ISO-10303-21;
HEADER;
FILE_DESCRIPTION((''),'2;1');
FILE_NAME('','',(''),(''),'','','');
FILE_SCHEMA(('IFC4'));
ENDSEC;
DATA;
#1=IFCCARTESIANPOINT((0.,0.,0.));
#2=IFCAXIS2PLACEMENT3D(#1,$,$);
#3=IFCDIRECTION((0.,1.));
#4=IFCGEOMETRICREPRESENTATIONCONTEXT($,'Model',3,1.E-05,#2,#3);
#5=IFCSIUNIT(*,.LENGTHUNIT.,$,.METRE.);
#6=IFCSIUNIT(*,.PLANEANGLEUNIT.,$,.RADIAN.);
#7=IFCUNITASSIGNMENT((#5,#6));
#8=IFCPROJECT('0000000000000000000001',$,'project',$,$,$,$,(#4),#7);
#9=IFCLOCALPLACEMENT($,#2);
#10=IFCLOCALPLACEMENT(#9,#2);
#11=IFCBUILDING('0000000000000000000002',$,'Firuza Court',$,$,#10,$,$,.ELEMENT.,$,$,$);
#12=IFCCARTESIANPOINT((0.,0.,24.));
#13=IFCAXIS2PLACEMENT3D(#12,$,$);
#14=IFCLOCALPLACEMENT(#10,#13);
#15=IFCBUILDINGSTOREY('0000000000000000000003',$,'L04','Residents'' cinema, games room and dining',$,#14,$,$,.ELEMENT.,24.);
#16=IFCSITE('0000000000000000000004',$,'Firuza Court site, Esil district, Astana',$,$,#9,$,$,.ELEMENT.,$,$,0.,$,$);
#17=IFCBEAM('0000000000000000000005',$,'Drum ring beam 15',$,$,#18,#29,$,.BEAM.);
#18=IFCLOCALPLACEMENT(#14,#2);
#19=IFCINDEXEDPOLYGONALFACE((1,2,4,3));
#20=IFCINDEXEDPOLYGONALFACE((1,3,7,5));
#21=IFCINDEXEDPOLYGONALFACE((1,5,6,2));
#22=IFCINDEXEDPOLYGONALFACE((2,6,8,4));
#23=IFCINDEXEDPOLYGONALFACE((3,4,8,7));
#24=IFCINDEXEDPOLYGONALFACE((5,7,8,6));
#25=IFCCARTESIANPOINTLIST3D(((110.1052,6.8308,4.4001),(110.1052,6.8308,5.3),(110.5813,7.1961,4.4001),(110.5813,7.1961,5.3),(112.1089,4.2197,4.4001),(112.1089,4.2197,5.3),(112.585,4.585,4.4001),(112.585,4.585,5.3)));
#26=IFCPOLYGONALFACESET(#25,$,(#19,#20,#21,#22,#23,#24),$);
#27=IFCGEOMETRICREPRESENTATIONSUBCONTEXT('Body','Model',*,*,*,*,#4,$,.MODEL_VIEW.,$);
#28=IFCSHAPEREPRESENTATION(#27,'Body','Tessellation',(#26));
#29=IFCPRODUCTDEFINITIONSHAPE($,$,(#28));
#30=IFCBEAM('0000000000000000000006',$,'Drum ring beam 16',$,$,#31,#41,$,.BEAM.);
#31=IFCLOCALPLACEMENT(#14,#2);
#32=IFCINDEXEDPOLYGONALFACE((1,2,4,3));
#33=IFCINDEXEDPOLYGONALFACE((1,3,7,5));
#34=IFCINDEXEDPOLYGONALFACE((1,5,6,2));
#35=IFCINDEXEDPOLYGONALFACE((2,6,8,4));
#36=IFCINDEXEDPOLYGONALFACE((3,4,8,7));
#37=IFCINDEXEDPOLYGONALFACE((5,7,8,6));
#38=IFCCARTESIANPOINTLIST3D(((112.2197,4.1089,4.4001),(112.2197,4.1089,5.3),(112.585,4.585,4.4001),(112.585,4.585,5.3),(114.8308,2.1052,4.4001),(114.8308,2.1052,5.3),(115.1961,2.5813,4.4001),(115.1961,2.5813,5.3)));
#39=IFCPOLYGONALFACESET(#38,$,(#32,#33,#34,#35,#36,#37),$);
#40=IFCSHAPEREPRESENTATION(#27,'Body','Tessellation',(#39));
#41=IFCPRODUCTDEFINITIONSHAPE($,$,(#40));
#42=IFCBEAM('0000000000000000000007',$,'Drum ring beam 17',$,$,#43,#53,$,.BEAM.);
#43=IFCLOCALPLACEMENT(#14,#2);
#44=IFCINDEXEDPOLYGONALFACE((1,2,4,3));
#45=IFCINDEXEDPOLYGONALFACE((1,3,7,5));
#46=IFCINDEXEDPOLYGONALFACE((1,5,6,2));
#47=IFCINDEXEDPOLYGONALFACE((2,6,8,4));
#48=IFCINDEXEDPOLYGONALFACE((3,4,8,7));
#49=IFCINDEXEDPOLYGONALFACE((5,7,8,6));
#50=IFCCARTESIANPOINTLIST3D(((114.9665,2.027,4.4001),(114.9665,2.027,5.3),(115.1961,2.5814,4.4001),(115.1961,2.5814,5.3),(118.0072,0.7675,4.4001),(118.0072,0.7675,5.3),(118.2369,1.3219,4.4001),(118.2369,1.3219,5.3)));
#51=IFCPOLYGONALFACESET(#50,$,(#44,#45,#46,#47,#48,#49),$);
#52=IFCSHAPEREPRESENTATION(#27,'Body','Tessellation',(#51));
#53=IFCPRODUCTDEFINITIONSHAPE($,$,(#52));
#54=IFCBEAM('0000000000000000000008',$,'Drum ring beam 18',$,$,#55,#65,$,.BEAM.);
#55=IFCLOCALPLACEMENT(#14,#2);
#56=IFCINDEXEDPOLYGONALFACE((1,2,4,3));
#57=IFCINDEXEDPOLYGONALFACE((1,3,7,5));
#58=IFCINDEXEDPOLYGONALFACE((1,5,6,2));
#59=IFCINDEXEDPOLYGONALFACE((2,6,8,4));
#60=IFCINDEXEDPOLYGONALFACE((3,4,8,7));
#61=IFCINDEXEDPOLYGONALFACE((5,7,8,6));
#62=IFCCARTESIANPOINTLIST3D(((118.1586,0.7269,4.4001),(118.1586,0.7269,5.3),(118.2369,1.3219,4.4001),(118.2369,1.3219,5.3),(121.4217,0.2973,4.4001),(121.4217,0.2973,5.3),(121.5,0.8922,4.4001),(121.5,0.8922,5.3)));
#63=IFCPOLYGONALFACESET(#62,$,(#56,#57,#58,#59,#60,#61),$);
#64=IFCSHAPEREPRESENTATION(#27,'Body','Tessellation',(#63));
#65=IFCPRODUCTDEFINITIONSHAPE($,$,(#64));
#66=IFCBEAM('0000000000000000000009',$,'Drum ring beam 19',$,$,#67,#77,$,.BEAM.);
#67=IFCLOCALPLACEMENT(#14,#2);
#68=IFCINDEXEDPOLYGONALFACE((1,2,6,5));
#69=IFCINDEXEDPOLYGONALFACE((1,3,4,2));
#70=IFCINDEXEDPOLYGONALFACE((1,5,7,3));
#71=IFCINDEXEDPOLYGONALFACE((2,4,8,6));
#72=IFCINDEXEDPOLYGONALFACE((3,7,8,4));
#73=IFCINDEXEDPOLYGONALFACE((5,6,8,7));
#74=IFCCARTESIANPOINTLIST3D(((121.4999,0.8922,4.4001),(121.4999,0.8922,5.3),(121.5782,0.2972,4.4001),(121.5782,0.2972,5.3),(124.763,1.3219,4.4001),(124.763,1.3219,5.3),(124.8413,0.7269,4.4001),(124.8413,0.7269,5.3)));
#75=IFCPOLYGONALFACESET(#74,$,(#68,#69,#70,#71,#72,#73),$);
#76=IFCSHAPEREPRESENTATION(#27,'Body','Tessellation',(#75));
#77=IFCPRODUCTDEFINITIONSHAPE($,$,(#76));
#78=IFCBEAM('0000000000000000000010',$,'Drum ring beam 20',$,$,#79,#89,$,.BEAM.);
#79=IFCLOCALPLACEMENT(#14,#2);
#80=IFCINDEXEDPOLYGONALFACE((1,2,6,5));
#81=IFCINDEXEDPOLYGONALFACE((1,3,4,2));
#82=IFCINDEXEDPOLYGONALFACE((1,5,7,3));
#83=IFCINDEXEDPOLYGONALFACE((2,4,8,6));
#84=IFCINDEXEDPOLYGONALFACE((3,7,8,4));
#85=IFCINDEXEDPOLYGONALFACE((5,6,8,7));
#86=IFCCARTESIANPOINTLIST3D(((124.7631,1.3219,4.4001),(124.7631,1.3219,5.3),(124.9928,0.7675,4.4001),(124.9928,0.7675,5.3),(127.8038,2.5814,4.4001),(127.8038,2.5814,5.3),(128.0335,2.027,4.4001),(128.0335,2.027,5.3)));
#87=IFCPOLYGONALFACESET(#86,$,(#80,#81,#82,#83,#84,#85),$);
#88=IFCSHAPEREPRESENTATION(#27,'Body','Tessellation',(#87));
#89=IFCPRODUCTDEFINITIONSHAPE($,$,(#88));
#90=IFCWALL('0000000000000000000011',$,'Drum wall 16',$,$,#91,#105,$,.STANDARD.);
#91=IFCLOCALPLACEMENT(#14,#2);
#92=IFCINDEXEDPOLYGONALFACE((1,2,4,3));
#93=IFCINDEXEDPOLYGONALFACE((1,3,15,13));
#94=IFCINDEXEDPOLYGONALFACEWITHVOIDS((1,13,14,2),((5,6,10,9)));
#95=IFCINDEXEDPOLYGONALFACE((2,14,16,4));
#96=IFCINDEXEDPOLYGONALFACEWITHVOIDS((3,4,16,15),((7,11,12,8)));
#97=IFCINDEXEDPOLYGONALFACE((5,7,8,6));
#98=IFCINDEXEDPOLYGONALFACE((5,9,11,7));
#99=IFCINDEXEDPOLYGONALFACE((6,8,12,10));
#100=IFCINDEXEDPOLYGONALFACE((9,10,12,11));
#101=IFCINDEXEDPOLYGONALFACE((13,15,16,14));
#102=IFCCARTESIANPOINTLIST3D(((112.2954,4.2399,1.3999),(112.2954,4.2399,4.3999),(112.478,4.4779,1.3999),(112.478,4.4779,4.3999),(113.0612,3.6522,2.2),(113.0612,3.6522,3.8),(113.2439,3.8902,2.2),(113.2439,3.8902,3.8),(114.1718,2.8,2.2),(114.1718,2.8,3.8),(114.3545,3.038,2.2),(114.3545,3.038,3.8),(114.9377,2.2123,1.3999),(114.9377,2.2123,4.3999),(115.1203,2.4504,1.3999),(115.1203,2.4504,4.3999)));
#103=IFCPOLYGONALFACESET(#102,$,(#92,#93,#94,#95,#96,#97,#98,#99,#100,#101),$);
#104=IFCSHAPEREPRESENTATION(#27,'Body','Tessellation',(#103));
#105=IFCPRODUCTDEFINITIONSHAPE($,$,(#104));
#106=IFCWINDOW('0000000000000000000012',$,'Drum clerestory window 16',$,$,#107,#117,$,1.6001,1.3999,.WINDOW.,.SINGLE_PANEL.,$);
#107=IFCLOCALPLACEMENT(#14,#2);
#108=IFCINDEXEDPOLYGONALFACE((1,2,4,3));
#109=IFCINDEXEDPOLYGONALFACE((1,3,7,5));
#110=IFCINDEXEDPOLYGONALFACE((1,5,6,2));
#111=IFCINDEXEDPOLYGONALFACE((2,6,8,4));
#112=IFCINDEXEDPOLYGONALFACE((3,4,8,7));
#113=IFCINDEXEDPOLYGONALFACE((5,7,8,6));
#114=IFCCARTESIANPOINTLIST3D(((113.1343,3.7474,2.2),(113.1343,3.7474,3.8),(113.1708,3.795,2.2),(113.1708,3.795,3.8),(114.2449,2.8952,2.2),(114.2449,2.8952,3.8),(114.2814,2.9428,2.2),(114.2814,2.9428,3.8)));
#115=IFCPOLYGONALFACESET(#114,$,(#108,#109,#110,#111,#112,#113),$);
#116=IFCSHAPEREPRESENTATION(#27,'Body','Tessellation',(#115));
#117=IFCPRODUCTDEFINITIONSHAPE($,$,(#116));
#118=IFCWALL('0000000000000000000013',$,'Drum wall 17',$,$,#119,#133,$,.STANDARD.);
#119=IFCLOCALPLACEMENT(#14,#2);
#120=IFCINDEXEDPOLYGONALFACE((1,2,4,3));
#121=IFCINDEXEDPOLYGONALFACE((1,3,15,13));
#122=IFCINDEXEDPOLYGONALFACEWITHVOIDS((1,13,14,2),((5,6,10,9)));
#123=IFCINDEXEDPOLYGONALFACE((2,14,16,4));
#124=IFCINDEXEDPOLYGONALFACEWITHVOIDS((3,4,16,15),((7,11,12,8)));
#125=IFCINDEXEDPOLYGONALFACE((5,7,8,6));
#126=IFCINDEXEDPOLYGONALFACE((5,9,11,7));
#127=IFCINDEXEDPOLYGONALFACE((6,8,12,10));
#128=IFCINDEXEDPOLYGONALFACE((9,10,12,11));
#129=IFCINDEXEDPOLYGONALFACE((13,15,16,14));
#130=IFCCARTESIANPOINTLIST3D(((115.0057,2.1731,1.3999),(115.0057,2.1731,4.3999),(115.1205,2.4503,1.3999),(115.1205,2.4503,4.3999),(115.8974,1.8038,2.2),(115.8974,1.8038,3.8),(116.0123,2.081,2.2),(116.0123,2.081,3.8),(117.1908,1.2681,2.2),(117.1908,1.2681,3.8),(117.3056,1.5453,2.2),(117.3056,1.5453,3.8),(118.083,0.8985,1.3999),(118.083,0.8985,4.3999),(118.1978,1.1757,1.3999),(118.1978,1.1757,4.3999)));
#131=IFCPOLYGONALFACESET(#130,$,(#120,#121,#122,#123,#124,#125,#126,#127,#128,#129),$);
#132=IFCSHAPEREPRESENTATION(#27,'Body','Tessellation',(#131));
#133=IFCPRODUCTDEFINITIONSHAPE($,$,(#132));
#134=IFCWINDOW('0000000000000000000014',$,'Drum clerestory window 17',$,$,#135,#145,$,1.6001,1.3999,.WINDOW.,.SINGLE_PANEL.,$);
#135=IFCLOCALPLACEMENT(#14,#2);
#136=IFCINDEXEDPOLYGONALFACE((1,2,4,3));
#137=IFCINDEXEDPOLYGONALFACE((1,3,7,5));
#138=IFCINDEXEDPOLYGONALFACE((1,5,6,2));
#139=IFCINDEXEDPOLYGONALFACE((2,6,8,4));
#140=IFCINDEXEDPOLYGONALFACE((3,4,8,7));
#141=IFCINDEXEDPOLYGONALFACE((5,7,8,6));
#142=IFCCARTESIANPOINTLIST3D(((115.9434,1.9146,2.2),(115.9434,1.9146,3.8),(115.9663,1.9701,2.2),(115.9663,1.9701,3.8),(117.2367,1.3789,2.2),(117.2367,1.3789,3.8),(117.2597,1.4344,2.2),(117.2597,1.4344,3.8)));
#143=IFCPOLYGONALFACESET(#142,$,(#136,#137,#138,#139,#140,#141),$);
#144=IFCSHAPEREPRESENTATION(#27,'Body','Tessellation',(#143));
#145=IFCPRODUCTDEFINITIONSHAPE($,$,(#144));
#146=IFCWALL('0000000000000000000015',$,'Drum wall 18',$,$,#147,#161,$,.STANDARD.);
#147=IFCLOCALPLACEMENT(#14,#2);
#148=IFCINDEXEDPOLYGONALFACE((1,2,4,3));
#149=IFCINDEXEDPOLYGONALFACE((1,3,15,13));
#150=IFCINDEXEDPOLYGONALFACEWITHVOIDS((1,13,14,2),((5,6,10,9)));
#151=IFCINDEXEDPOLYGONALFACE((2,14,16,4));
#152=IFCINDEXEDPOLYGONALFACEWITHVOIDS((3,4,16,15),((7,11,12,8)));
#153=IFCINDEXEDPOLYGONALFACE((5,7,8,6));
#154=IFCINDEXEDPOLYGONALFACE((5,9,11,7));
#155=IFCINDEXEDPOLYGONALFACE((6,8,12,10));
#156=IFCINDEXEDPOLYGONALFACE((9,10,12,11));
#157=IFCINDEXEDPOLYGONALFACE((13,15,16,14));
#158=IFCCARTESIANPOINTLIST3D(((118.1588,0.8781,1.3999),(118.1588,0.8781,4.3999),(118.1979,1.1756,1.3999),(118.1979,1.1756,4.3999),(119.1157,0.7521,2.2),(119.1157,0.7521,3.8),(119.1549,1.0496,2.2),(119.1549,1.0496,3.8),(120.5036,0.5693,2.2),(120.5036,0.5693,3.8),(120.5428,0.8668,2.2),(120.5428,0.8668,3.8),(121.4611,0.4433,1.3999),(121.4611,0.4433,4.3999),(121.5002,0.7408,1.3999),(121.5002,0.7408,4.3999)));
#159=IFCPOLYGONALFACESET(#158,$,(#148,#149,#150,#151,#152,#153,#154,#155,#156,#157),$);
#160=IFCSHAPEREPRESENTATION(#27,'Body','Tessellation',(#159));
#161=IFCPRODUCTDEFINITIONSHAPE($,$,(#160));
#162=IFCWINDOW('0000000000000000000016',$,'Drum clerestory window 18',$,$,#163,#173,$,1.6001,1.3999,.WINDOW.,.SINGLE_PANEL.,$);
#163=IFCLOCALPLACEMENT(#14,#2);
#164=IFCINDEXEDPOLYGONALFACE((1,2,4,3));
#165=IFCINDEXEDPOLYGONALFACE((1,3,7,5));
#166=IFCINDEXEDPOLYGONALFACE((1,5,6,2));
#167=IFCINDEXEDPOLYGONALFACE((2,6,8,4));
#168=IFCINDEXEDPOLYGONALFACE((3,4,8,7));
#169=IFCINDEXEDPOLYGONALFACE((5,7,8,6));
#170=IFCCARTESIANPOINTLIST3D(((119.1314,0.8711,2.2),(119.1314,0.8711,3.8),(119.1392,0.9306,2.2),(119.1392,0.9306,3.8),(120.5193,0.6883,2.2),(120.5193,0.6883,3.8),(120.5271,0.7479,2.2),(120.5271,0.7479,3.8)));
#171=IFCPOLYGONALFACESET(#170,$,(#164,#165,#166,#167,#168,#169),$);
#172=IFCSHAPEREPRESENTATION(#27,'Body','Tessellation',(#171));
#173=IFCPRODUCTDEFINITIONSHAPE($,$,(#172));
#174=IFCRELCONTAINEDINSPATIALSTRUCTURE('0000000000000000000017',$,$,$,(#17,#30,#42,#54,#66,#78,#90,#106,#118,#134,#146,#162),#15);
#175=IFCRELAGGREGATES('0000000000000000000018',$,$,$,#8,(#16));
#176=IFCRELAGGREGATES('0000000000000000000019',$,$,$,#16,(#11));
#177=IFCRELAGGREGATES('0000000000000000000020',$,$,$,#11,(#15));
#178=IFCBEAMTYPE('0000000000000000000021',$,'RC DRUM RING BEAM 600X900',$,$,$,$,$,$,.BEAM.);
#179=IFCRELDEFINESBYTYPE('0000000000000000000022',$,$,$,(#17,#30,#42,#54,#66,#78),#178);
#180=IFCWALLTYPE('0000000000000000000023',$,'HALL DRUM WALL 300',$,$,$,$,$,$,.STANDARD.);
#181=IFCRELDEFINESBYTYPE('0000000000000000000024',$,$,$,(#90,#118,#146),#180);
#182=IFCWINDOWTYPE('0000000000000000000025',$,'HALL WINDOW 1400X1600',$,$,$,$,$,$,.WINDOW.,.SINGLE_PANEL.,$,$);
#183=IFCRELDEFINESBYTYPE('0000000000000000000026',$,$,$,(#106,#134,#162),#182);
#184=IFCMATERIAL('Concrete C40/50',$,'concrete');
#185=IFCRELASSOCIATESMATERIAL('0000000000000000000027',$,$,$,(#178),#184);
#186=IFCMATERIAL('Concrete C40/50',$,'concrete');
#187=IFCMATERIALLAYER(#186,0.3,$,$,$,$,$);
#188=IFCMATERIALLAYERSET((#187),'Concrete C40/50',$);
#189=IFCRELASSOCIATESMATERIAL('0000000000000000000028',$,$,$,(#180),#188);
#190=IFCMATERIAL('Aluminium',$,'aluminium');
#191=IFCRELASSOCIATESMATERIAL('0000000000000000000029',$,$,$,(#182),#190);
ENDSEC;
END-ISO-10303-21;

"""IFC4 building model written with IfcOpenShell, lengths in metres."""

from ifc_helpers import new_model, si_unit, direction, frame, frame_2d, origin, origin_2d, place, context, subcontext, project, spatial, rectangle, extrude, material, layer, layer_set, material_profile, profile_set, type_object, element, fill, save


model = new_model("IFC4")

# Units and contexts
model_context = context("Model", 3, precision=1e-05, world=origin(), true_north=direction((0.0, 1.0)))
body_context = subcontext(model_context, "Body", "Model", "MODEL_VIEW")
ifc_project = project(units=[si_unit("LENGTHUNIT", "METRE"), si_unit("PLANEANGLEUNIT", "RADIAN")], contexts=[model_context])

# Site, building, storey
site_placement = place(None, origin())
site = spatial("IfcSite", under=ifc_project, at=site_placement, Name="Firuza Court site, Esil district, Astana", CompositionType="ELEMENT", RefElevation=0.0)
building_placement = place(site_placement, origin())
building = spatial("IfcBuilding", under=site, at=building_placement, Name="Firuza Court", CompositionType="ELEMENT")
storey_placement = place(building_placement, frame((0.0, 0.0, 24.0)))
storey = spatial("IfcBuildingStorey", under=building, at=storey_placement, Name="L04", Description="Residents' cinema, games room and dining", CompositionType="ELEMENT", Elevation=24.0)

# Beams
ifc_material_1 = material(Name="Concrete C40/50", Category="concrete")
ifc_material_profile = material_profile(ifc_material_1, rectangle(XDim=0.6001, YDim=0.8999, at=origin_2d()), Name="RC 600X900 RING")
ifc_profile_set = profile_set([ifc_material_profile], Name="Concrete C40/50")
beam_type = type_object("IfcBeamType", Name="RC DRUM RING BEAM 600X900", PredefinedType="BEAM", material=ifc_profile_set)
for number, where, z_axis, x_axis, name in (
    (1, (110.3433, 7.0134, 4.8501), (0.608782, -0.793338, 0.0), (0.793338, 0.608782, 0.0), "Drum ring beam 15"),
    (2, (112.4023, 4.3469, 4.8501), (0.793338, -0.608782, 0.0), (0.608782, 0.793338, 0.0), "Drum ring beam 16"),
    (3, (115.0813, 2.3042, 4.8501), (0.92388, -0.382682, 0.0), (0.382682, 0.92388, 0.0), "Drum ring beam 17"),
    (4, (118.1978, 1.0244, 4.8501), (0.991442, -0.13055, 0.0), (0.13055, 0.991442, 0.0), "Drum ring beam 18"),
    (5, (121.5391, 0.5947, 4.8501), (0.991442, 0.13055, 0.0), (-0.13055, 0.991442, 0.0), "Drum ring beam 19"),
    (6, (124.8779, 1.0447, 4.8501), (0.92388, 0.382682, 0.0), (-0.382682, 0.92388, 0.0), "Drum ring beam 20"),
):
    element("IfcBeam", number, at=place(storey_placement, frame(where, z_axis=z_axis, x_axis=x_axis)), inside=storey, type_object=beam_type, Name=name, PredefinedType="BEAM", context=body_context, shape_type="SweptSolid", body=[
        extrude(rectangle(XDim=0.6001, YDim=0.8999, at=origin_2d()), origin(), (0.0, 0.0, 1.0), 3.2913),
    ])

# Walls, openings, windows
ifc_material_2 = material(Name="Concrete C40/50", Category="concrete")
ifc_layer_1 = layer(ifc_material_2, 0.3)
ifc_layer_set_1 = layer_set([ifc_layer_1], Name="Concrete C40/50")
wall_type_1 = type_object("IfcWallType", Name="HALL DRUM WALL 300", PredefinedType="STANDARD", material=ifc_layer_set_1)
wall_1_placement = place(storey_placement, frame((112.3867, 4.3589, 1.3999), z_axis=(0.0, 0.0, 1.0), x_axis=(0.793346, -0.608772, 0.0)))
wall_1 = element("IfcWall", 7, at=wall_1_placement, inside=storey, type_object=wall_type_1, Name="Drum wall 16", PredefinedType="STANDARD", context=body_context, shape_type="SweptSolid", body=[
    extrude(rectangle(XDim=3.3306, YDim=0.3, at=frame_2d((1.6653, 0.0))), origin(), (0.0, 0.0, 1.0), 3.0),
])
opening_1_placement = place(wall_1_placement, frame((0.9653, 0.0, 0.8)))
opening_1 = element("IfcOpeningElement", 8, at=opening_1_placement, cuts=wall_1, PredefinedType="OPENING", context=body_context, shape_type="SweptSolid", body=[
    extrude(rectangle(XDim=1.3999, YDim=1.6001, at=frame_2d((0.7, 0.8))), frame((0.0, 0.1621, 0.0), z_axis=(0.0, -1.0, 0.0), x_axis=(1.0, 0.0, 0.0)), (0.0, 0.0, 1.0), 0.324),
])
ifc_material_3 = material(Name="Aluminium", Category="aluminium")
window_type = type_object("IfcWindowType", Name="HALL WINDOW 1400X1600", PartitioningType="SINGLE_PANEL", PredefinedType="WINDOW", material=ifc_material_3)
window_1_placement = place(opening_1_placement, origin())
window_1 = element("IfcWindow", 9, at=window_1_placement, inside=storey, type_object=window_type, Name="Drum clerestory window 16", OverallHeight=1.6001, OverallWidth=1.3999, PartitioningType="SINGLE_PANEL", PredefinedType="WINDOW", context=body_context, shape_type="SweptSolid", body=[
    extrude(rectangle(XDim=1.3999, YDim=1.6001, at=frame_2d((0.7, 0.8))), frame((0.0, 0.03, 0.0), z_axis=(0.0, -1.0, 0.0), x_axis=(1.0, 0.0, 0.0)), (0.0, 0.0, 1.0), 0.0601),
])
fill(opening_1, window_1)
wall_2_placement = place(storey_placement, frame((115.063, 2.3118, 1.3999), z_axis=(0.0, 0.0, 1.0), x_axis=(0.923884, -0.382673, 0.0)))
wall_2 = element("IfcWall", 10, at=wall_2_placement, inside=storey, type_object=wall_type_1, Name="Drum wall 17", PredefinedType="STANDARD", context=body_context, shape_type="SweptSolid", body=[
    extrude(rectangle(XDim=3.3308, YDim=0.3, at=frame_2d((1.6655, 0.0))), origin(), (0.0, 0.0, 1.0), 3.0),
])
opening_2_placement = place(wall_2_placement, frame((0.9653, 0.0, 0.8)))
opening_2 = element("IfcOpeningElement", 11, at=opening_2_placement, cuts=wall_2, PredefinedType="OPENING", context=body_context, shape_type="SweptSolid", body=[
    extrude(rectangle(XDim=1.3999, YDim=1.6001, at=frame_2d((0.7, 0.8))), frame((0.0, 0.1621, 0.0), z_axis=(0.0, -1.0, 0.0), x_axis=(1.0, 0.0, 0.0)), (0.0, 0.0, 1.0), 0.324),
])
window_2_placement = place(opening_2_placement, origin())
window_2 = element("IfcWindow", 12, at=window_2_placement, inside=storey, type_object=window_type, Name="Drum clerestory window 17", OverallHeight=1.6001, OverallWidth=1.3999, PartitioningType="SINGLE_PANEL", PredefinedType="WINDOW", context=body_context, shape_type="SweptSolid", body=[
    extrude(rectangle(XDim=1.3999, YDim=1.6001, at=frame_2d((0.7, 0.8))), frame((0.0, 0.03, 0.0), z_axis=(0.0, -1.0, 0.0), x_axis=(1.0, 0.0, 0.0)), (0.0, 0.0, 1.0), 0.0601),
])
fill(opening_2, window_2)
wall_3_placement = place(storey_placement, frame((118.1782, 1.0269, 1.3999), z_axis=(0.0, 0.0, 1.0), x_axis=(0.991442, -0.130546, 0.0)))
wall_3 = element("IfcWall", 13, at=wall_3_placement, inside=storey, type_object=wall_type_1, Name="Drum wall 18", PredefinedType="STANDARD", context=body_context, shape_type="SweptSolid", body=[
    extrude(rectangle(XDim=3.3308, YDim=0.3, at=frame_2d((1.6655, 0.0))), origin(), (0.0, 0.0, 1.0), 3.0),
])
opening_3_placement = place(wall_3_placement, frame((0.9653, 0.0, 0.8)))
opening_3 = element("IfcOpeningElement", 14, at=opening_3_placement, cuts=wall_3, PredefinedType="OPENING", context=body_context, shape_type="SweptSolid", body=[
    extrude(rectangle(XDim=1.3999, YDim=1.6001, at=frame_2d((0.7, 0.8))), frame((0.0, 0.1621, 0.0), z_axis=(0.0, -1.0, 0.0), x_axis=(1.0, 0.0, 0.0)), (0.0, 0.0, 1.0), 0.324),
])
window_3_placement = place(opening_3_placement, origin())
window_3 = element("IfcWindow", 15, at=window_3_placement, inside=storey, type_object=window_type, Name="Drum clerestory window 18", OverallHeight=1.6001, OverallWidth=1.3999, PartitioningType="SINGLE_PANEL", PredefinedType="WINDOW", context=body_context, shape_type="SweptSolid", body=[
    extrude(rectangle(XDim=1.3999, YDim=1.6001, at=frame_2d((0.7, 0.8))), frame((0.0, 0.03, 0.0), z_axis=(0.0, -1.0, 0.0), x_axis=(1.0, 0.0, 0.0)), (0.0, 0.0, 1.0), 0.0601),
])
fill(opening_3, window_3)

save(model, "model.ifc")
